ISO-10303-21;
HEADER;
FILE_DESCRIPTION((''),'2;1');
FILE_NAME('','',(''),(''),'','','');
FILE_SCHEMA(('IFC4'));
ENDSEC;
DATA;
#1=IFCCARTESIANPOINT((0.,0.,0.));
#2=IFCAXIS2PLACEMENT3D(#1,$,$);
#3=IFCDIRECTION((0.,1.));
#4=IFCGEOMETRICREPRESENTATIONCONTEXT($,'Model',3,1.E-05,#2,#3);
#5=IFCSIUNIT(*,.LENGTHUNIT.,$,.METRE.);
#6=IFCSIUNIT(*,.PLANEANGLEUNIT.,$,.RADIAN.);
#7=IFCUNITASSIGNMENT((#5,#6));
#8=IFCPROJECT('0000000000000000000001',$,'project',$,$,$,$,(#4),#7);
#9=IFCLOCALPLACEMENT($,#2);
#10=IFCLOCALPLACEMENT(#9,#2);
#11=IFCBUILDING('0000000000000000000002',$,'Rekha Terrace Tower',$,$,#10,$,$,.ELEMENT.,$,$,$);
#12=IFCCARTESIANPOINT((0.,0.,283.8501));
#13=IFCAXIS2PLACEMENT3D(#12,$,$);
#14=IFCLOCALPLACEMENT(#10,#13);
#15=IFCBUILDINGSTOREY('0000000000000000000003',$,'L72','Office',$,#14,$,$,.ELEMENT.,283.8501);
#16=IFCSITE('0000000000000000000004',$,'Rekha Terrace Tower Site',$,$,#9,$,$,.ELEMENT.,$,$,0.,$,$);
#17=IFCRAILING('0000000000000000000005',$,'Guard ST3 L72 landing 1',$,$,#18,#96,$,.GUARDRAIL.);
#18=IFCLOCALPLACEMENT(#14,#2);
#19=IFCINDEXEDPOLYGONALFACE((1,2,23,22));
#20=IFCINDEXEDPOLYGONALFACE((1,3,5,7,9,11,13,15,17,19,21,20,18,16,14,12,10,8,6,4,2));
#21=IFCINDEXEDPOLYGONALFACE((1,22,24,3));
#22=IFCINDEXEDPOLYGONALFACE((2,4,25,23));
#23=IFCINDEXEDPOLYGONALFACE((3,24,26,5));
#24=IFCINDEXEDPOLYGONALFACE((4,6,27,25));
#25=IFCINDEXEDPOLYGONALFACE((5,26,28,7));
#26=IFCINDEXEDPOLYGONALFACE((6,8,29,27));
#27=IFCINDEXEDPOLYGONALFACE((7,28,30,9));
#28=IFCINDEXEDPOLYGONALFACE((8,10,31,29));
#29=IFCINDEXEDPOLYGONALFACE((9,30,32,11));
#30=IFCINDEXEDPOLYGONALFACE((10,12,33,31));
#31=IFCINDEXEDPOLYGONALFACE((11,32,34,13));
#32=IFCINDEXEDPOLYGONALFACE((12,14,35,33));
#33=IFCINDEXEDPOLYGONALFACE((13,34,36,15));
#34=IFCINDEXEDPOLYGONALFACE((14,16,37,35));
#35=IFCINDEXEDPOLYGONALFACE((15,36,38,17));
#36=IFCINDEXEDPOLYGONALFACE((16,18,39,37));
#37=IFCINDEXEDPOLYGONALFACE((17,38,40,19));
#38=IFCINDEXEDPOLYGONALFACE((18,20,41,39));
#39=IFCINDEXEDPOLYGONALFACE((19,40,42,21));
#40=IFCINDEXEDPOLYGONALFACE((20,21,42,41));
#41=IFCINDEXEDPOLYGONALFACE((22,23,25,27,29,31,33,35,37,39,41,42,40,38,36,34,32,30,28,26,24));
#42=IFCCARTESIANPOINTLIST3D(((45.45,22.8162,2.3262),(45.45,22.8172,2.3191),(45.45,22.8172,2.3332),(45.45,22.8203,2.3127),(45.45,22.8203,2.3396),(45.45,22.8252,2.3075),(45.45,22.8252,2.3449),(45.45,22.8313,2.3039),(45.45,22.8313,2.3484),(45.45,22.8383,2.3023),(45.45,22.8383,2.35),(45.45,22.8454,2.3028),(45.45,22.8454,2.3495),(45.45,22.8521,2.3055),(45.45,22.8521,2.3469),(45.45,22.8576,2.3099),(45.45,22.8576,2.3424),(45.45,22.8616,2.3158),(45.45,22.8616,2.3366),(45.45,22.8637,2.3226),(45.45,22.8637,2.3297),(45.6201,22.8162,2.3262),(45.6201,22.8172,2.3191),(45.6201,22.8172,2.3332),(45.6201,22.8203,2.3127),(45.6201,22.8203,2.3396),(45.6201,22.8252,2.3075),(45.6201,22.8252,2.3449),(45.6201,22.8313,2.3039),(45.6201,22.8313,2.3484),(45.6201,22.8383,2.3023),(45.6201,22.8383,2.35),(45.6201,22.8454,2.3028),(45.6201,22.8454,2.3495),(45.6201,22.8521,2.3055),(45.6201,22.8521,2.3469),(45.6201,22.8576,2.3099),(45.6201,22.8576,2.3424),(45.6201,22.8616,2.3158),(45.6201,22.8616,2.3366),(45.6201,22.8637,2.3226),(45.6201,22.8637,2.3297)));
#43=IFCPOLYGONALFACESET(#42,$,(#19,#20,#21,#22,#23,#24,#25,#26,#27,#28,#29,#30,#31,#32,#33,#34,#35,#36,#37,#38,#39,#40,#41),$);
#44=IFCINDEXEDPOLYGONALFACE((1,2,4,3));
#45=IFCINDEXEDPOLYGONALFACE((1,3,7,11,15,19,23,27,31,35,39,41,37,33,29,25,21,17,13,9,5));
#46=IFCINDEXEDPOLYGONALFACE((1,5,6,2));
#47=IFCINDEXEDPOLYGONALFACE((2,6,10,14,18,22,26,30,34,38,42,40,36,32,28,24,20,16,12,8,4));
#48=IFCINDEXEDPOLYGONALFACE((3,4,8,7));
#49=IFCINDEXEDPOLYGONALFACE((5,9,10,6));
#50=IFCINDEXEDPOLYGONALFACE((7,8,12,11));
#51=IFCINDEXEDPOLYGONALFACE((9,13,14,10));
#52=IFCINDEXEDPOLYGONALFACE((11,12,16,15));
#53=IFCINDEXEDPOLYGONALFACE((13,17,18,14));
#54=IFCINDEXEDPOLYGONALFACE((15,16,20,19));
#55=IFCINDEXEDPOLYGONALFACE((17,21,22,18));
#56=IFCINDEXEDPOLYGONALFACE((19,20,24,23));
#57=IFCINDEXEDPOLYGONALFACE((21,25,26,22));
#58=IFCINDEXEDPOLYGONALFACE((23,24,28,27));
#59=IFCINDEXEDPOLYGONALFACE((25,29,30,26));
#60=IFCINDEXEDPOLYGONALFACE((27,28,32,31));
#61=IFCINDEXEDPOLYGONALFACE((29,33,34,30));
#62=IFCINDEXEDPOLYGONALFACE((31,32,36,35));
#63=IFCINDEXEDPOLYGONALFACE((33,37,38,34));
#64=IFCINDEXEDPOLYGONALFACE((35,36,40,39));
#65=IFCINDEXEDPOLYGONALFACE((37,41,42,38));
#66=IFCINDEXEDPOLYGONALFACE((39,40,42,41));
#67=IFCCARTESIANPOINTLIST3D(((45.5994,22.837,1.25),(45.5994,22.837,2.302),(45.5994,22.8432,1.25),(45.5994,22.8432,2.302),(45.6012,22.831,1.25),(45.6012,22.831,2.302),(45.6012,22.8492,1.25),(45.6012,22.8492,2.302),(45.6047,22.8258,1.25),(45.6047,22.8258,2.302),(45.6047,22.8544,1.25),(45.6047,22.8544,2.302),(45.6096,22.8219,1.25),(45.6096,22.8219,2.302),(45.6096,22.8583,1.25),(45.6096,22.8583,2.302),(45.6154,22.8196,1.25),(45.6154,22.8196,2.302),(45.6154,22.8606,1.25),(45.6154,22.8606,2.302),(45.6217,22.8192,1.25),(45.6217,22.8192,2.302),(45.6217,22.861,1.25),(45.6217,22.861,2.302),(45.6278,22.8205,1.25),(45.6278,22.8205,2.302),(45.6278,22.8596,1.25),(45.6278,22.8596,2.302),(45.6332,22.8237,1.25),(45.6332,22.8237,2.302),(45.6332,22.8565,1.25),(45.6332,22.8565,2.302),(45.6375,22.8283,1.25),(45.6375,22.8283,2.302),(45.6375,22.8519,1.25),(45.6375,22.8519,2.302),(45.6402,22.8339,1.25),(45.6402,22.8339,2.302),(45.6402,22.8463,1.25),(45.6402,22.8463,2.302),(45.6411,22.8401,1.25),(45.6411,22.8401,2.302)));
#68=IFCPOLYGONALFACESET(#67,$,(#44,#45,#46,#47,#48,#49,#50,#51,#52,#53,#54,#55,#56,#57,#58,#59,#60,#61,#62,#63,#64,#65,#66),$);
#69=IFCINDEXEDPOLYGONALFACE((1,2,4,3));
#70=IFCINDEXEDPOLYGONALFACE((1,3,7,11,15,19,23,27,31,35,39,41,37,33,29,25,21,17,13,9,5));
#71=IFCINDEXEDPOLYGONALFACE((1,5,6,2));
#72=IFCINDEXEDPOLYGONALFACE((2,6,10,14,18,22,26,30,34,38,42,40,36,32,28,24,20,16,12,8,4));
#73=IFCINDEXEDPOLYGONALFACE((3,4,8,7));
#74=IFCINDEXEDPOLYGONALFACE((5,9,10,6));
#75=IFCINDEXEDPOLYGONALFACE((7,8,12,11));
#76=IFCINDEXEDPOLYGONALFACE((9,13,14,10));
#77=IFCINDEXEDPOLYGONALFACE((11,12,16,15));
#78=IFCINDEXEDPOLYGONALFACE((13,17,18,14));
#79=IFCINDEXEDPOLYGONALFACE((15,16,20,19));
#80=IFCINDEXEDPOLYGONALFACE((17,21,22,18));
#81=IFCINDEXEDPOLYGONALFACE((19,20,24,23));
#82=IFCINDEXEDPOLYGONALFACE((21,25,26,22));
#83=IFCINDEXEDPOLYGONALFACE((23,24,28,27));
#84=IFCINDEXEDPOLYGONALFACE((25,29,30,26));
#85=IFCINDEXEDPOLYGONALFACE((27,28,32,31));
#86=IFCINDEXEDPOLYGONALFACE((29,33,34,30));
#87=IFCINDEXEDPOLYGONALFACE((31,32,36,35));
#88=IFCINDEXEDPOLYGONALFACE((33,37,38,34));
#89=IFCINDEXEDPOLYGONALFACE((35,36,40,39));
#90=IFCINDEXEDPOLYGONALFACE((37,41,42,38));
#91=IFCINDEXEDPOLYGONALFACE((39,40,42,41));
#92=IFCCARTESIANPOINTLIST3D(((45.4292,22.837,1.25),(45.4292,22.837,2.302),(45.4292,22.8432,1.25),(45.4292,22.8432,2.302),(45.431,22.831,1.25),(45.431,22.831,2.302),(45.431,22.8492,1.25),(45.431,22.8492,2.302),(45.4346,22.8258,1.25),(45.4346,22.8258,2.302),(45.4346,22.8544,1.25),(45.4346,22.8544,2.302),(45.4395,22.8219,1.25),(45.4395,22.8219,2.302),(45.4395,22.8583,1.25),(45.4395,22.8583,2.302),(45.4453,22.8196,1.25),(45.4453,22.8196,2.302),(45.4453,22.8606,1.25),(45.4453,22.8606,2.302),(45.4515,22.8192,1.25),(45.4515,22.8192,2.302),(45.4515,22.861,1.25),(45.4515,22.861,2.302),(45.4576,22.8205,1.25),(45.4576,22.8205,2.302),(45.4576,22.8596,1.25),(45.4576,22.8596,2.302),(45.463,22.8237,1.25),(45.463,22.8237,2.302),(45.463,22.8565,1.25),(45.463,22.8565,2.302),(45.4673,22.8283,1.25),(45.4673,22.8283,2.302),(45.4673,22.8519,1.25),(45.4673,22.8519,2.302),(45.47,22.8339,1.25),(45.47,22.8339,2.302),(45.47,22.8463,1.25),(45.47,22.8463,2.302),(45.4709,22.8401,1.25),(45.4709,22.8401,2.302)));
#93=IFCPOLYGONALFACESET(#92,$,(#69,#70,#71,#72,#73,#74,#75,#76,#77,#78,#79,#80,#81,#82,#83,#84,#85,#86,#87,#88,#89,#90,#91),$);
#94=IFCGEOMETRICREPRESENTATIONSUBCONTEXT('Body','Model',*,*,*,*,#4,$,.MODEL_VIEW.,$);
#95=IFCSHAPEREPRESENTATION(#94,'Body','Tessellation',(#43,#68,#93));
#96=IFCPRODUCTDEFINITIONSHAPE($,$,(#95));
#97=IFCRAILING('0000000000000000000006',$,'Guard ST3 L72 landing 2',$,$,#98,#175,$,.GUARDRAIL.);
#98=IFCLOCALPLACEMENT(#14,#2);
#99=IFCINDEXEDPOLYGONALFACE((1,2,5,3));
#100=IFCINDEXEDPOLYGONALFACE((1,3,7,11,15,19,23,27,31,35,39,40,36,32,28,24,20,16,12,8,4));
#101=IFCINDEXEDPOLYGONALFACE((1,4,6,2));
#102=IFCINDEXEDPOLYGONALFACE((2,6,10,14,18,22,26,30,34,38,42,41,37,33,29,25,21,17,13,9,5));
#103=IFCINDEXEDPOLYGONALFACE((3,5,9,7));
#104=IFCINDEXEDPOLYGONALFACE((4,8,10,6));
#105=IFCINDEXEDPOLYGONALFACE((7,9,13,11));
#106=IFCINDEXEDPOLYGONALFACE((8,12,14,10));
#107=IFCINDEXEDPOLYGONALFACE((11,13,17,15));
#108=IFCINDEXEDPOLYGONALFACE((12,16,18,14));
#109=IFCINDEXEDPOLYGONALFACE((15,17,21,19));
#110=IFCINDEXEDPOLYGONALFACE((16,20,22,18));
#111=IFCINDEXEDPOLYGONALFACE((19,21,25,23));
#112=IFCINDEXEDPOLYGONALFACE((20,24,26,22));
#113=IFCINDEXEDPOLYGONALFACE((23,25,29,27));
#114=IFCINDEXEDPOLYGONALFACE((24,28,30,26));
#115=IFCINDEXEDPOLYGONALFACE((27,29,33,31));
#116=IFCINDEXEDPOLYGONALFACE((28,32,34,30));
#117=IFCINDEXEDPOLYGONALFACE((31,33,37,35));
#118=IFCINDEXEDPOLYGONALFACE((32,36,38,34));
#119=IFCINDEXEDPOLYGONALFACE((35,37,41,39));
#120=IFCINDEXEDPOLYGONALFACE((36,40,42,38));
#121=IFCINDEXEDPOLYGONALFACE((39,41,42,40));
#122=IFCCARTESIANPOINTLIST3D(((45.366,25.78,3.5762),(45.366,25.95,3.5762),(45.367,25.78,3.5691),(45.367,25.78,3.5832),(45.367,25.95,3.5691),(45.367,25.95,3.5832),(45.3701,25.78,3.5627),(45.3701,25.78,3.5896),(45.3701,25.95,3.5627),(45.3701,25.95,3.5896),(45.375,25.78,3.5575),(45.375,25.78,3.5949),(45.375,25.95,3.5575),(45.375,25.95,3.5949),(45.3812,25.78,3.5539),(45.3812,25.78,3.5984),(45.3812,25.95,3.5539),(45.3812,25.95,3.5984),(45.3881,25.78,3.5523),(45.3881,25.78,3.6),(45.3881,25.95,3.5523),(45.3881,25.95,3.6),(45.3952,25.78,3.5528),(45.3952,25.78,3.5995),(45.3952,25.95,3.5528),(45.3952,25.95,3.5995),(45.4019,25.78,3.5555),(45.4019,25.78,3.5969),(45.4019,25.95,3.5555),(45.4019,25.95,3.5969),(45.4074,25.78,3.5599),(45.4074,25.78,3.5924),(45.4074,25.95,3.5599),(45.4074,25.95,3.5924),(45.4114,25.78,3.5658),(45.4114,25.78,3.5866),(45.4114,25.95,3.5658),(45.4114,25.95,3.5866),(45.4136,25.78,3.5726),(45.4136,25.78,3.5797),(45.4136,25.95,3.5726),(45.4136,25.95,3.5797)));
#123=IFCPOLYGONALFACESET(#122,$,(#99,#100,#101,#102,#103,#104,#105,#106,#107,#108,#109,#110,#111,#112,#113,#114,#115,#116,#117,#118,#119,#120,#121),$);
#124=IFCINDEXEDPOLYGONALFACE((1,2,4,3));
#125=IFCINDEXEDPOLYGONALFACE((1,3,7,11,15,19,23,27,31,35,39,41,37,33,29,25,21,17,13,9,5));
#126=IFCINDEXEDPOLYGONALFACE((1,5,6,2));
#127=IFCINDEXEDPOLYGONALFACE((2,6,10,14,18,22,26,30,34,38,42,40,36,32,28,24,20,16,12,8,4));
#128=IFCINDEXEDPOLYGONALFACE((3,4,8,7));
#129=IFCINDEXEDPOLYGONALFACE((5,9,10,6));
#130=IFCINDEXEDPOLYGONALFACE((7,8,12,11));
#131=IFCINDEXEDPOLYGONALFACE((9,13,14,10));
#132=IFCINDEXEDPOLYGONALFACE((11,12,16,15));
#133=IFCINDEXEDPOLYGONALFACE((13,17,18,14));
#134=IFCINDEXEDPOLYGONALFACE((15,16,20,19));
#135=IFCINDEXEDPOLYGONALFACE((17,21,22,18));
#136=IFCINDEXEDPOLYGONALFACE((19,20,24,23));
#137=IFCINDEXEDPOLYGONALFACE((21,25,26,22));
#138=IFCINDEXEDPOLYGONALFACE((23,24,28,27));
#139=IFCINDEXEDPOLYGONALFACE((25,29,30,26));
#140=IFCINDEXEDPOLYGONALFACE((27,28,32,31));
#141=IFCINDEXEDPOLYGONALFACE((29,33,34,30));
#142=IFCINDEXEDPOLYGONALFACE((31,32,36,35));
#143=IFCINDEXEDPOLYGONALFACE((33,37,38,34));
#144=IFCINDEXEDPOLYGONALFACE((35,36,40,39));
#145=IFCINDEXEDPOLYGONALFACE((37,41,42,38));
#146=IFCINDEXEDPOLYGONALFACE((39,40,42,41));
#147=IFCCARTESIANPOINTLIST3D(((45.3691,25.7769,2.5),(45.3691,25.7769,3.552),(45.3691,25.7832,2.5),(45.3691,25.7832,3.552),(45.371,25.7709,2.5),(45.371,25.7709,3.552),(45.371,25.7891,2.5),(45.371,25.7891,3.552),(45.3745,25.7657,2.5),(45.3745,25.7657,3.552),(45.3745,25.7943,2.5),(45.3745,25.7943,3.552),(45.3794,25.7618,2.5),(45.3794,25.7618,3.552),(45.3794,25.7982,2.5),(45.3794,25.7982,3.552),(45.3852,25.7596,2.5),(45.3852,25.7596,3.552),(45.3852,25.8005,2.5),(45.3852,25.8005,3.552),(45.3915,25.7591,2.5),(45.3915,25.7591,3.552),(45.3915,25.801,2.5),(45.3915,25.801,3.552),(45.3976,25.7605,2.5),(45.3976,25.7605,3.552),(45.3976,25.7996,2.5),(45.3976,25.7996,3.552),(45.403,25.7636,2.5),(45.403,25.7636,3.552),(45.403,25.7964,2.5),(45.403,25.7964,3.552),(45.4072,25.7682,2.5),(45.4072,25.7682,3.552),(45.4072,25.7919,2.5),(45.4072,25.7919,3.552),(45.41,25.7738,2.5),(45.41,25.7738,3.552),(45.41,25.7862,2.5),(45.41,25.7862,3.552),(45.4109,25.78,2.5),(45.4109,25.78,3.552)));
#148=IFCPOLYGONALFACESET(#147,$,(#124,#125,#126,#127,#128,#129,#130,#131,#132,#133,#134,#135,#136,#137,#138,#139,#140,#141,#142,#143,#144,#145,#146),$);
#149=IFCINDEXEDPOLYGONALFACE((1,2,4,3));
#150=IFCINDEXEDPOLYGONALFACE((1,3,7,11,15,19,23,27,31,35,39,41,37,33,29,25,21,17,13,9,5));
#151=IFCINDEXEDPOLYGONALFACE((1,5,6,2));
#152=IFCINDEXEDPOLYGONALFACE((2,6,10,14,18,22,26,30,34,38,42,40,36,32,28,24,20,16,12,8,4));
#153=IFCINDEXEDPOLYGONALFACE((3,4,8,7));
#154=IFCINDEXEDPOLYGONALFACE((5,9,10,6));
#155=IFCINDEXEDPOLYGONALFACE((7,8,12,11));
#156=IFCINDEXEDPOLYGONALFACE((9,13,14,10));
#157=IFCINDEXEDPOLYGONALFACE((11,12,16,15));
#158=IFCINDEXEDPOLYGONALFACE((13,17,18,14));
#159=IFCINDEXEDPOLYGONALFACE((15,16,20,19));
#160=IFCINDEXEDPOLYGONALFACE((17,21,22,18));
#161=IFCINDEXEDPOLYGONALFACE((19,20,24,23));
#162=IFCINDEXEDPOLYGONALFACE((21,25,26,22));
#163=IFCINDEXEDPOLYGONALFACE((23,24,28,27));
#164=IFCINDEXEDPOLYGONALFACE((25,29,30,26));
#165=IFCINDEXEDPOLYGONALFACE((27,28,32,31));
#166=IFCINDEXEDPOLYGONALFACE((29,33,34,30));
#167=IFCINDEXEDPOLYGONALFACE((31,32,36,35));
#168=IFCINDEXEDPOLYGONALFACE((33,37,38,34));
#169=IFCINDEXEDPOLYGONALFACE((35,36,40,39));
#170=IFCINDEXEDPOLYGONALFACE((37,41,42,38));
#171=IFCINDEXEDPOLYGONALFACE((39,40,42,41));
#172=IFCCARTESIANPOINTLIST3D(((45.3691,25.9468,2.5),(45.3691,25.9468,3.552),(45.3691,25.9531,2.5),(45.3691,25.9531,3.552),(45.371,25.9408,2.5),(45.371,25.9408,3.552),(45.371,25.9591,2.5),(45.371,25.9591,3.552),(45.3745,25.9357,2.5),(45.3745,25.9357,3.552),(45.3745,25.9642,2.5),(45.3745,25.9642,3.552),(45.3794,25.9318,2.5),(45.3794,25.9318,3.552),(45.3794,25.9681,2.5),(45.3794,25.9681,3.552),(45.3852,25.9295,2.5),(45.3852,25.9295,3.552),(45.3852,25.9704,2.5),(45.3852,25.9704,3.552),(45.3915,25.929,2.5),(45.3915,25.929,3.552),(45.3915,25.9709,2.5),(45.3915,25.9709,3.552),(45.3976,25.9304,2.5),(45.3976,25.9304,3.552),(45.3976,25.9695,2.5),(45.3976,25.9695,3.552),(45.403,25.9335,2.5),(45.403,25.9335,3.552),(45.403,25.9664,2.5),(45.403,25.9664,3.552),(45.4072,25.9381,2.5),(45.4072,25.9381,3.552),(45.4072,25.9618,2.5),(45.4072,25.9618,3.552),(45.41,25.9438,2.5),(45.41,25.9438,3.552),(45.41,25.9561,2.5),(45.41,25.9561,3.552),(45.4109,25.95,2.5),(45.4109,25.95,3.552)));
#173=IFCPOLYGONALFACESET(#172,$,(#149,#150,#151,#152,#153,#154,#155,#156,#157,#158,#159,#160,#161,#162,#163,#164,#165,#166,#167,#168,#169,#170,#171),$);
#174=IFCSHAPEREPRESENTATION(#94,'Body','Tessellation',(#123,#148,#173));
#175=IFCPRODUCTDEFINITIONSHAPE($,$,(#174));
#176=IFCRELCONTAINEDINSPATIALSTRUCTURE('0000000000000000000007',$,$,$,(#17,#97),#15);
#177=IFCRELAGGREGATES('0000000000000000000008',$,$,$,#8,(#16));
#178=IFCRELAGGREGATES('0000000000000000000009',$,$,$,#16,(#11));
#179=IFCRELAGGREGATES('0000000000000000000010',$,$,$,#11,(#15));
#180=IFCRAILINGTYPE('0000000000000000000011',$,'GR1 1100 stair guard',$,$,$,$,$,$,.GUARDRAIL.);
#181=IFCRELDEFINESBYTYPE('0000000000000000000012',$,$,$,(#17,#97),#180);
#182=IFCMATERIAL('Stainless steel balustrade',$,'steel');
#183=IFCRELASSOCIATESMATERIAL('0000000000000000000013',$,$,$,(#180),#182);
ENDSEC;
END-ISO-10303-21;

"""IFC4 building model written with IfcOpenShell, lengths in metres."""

from ifc_helpers import new_model, si_unit, direction, frame, origin, origin_2d, place, context, subcontext, project, spatial, circle, extrude, material, type_object, element, save


model = new_model("IFC4")

# Units and contexts
model_context = context("Model", 3, precision=1e-05, world=origin(), true_north=direction((0.0, 1.0)))
body_context = subcontext(model_context, "Body", "Model", "MODEL_VIEW")
ifc_project = project(units=[si_unit("LENGTHUNIT", "METRE"), si_unit("PLANEANGLEUNIT", "RADIAN")], contexts=[model_context])

# Site, building, storey
site_placement = place(None, origin())
site = spatial("IfcSite", under=ifc_project, at=site_placement, Name="Rekha Terrace Tower Site", CompositionType="ELEMENT", RefElevation=0.0)
building_placement = place(site_placement, origin())
building = spatial("IfcBuilding", under=site, at=building_placement, Name="Rekha Terrace Tower", CompositionType="ELEMENT")
storey_placement = place(building_placement, frame((0.0, 0.0, 283.8501)))
storey = spatial("IfcBuildingStorey", under=building, at=storey_placement, Name="L72", Description="Office", CompositionType="ELEMENT", Elevation=283.8501)

# Railings
ifc_material_1 = material(Name="Stainless steel balustrade", Category="steel")
railing_type_1 = type_object("IfcRailingType", Name="GR1 1100 stair guard", PredefinedType="GUARDRAIL", material=ifc_material_1)
railing_1_placement = place(storey_placement, frame((45.6201, 22.8401, 1.25)))
element("IfcRailing", 1, at=railing_1_placement, inside=storey, type_object=railing_type_1, Name="Guard ST3 L72 landing 1", PredefinedType="GUARDRAIL", context=body_context, shape_type="SweptSolid", body=[
    extrude(circle(Radius=0.0239, at=origin_2d()), frame((0.0, 0.0, 1.0762), z_axis=(-1.0, 0.0, 0.0), x_axis=(0.0, -1.0, 0.0)), (0.0, 0.0, 1.0), 0.1702),
    extrude(circle(Radius=0.021, at=origin_2d()), origin(), (0.0, 0.0, 1.0), 1.052),
    extrude(circle(Radius=0.021, at=origin_2d()), frame((-0.1702, 0.0, 0.0)), (0.0, 0.0, 1.0), 1.052),
])
railing_2_placement = place(storey_placement, frame((45.3899, 25.78, 2.5)))
element("IfcRailing", 2, at=railing_2_placement, inside=storey, type_object=railing_type_1, Name="Guard ST3 L72 landing 2", PredefinedType="GUARDRAIL", context=body_context, shape_type="SweptSolid", body=[
    extrude(circle(Radius=0.0239, at=origin_2d()), frame((0.0, 0.0, 1.0762), z_axis=(0.0, 1.0, 0.0), x_axis=(-1.0, 0.0, 0.0)), (0.0, 0.0, 1.0), 0.1699),
    extrude(circle(Radius=0.021, at=origin_2d()), origin(), (0.0, 0.0, 1.0), 1.052),
    extrude(circle(Radius=0.021, at=origin_2d()), frame((0.0, 0.1699, 0.0)), (0.0, 0.0, 1.0), 1.052),
])

save(model, "model.ifc")
